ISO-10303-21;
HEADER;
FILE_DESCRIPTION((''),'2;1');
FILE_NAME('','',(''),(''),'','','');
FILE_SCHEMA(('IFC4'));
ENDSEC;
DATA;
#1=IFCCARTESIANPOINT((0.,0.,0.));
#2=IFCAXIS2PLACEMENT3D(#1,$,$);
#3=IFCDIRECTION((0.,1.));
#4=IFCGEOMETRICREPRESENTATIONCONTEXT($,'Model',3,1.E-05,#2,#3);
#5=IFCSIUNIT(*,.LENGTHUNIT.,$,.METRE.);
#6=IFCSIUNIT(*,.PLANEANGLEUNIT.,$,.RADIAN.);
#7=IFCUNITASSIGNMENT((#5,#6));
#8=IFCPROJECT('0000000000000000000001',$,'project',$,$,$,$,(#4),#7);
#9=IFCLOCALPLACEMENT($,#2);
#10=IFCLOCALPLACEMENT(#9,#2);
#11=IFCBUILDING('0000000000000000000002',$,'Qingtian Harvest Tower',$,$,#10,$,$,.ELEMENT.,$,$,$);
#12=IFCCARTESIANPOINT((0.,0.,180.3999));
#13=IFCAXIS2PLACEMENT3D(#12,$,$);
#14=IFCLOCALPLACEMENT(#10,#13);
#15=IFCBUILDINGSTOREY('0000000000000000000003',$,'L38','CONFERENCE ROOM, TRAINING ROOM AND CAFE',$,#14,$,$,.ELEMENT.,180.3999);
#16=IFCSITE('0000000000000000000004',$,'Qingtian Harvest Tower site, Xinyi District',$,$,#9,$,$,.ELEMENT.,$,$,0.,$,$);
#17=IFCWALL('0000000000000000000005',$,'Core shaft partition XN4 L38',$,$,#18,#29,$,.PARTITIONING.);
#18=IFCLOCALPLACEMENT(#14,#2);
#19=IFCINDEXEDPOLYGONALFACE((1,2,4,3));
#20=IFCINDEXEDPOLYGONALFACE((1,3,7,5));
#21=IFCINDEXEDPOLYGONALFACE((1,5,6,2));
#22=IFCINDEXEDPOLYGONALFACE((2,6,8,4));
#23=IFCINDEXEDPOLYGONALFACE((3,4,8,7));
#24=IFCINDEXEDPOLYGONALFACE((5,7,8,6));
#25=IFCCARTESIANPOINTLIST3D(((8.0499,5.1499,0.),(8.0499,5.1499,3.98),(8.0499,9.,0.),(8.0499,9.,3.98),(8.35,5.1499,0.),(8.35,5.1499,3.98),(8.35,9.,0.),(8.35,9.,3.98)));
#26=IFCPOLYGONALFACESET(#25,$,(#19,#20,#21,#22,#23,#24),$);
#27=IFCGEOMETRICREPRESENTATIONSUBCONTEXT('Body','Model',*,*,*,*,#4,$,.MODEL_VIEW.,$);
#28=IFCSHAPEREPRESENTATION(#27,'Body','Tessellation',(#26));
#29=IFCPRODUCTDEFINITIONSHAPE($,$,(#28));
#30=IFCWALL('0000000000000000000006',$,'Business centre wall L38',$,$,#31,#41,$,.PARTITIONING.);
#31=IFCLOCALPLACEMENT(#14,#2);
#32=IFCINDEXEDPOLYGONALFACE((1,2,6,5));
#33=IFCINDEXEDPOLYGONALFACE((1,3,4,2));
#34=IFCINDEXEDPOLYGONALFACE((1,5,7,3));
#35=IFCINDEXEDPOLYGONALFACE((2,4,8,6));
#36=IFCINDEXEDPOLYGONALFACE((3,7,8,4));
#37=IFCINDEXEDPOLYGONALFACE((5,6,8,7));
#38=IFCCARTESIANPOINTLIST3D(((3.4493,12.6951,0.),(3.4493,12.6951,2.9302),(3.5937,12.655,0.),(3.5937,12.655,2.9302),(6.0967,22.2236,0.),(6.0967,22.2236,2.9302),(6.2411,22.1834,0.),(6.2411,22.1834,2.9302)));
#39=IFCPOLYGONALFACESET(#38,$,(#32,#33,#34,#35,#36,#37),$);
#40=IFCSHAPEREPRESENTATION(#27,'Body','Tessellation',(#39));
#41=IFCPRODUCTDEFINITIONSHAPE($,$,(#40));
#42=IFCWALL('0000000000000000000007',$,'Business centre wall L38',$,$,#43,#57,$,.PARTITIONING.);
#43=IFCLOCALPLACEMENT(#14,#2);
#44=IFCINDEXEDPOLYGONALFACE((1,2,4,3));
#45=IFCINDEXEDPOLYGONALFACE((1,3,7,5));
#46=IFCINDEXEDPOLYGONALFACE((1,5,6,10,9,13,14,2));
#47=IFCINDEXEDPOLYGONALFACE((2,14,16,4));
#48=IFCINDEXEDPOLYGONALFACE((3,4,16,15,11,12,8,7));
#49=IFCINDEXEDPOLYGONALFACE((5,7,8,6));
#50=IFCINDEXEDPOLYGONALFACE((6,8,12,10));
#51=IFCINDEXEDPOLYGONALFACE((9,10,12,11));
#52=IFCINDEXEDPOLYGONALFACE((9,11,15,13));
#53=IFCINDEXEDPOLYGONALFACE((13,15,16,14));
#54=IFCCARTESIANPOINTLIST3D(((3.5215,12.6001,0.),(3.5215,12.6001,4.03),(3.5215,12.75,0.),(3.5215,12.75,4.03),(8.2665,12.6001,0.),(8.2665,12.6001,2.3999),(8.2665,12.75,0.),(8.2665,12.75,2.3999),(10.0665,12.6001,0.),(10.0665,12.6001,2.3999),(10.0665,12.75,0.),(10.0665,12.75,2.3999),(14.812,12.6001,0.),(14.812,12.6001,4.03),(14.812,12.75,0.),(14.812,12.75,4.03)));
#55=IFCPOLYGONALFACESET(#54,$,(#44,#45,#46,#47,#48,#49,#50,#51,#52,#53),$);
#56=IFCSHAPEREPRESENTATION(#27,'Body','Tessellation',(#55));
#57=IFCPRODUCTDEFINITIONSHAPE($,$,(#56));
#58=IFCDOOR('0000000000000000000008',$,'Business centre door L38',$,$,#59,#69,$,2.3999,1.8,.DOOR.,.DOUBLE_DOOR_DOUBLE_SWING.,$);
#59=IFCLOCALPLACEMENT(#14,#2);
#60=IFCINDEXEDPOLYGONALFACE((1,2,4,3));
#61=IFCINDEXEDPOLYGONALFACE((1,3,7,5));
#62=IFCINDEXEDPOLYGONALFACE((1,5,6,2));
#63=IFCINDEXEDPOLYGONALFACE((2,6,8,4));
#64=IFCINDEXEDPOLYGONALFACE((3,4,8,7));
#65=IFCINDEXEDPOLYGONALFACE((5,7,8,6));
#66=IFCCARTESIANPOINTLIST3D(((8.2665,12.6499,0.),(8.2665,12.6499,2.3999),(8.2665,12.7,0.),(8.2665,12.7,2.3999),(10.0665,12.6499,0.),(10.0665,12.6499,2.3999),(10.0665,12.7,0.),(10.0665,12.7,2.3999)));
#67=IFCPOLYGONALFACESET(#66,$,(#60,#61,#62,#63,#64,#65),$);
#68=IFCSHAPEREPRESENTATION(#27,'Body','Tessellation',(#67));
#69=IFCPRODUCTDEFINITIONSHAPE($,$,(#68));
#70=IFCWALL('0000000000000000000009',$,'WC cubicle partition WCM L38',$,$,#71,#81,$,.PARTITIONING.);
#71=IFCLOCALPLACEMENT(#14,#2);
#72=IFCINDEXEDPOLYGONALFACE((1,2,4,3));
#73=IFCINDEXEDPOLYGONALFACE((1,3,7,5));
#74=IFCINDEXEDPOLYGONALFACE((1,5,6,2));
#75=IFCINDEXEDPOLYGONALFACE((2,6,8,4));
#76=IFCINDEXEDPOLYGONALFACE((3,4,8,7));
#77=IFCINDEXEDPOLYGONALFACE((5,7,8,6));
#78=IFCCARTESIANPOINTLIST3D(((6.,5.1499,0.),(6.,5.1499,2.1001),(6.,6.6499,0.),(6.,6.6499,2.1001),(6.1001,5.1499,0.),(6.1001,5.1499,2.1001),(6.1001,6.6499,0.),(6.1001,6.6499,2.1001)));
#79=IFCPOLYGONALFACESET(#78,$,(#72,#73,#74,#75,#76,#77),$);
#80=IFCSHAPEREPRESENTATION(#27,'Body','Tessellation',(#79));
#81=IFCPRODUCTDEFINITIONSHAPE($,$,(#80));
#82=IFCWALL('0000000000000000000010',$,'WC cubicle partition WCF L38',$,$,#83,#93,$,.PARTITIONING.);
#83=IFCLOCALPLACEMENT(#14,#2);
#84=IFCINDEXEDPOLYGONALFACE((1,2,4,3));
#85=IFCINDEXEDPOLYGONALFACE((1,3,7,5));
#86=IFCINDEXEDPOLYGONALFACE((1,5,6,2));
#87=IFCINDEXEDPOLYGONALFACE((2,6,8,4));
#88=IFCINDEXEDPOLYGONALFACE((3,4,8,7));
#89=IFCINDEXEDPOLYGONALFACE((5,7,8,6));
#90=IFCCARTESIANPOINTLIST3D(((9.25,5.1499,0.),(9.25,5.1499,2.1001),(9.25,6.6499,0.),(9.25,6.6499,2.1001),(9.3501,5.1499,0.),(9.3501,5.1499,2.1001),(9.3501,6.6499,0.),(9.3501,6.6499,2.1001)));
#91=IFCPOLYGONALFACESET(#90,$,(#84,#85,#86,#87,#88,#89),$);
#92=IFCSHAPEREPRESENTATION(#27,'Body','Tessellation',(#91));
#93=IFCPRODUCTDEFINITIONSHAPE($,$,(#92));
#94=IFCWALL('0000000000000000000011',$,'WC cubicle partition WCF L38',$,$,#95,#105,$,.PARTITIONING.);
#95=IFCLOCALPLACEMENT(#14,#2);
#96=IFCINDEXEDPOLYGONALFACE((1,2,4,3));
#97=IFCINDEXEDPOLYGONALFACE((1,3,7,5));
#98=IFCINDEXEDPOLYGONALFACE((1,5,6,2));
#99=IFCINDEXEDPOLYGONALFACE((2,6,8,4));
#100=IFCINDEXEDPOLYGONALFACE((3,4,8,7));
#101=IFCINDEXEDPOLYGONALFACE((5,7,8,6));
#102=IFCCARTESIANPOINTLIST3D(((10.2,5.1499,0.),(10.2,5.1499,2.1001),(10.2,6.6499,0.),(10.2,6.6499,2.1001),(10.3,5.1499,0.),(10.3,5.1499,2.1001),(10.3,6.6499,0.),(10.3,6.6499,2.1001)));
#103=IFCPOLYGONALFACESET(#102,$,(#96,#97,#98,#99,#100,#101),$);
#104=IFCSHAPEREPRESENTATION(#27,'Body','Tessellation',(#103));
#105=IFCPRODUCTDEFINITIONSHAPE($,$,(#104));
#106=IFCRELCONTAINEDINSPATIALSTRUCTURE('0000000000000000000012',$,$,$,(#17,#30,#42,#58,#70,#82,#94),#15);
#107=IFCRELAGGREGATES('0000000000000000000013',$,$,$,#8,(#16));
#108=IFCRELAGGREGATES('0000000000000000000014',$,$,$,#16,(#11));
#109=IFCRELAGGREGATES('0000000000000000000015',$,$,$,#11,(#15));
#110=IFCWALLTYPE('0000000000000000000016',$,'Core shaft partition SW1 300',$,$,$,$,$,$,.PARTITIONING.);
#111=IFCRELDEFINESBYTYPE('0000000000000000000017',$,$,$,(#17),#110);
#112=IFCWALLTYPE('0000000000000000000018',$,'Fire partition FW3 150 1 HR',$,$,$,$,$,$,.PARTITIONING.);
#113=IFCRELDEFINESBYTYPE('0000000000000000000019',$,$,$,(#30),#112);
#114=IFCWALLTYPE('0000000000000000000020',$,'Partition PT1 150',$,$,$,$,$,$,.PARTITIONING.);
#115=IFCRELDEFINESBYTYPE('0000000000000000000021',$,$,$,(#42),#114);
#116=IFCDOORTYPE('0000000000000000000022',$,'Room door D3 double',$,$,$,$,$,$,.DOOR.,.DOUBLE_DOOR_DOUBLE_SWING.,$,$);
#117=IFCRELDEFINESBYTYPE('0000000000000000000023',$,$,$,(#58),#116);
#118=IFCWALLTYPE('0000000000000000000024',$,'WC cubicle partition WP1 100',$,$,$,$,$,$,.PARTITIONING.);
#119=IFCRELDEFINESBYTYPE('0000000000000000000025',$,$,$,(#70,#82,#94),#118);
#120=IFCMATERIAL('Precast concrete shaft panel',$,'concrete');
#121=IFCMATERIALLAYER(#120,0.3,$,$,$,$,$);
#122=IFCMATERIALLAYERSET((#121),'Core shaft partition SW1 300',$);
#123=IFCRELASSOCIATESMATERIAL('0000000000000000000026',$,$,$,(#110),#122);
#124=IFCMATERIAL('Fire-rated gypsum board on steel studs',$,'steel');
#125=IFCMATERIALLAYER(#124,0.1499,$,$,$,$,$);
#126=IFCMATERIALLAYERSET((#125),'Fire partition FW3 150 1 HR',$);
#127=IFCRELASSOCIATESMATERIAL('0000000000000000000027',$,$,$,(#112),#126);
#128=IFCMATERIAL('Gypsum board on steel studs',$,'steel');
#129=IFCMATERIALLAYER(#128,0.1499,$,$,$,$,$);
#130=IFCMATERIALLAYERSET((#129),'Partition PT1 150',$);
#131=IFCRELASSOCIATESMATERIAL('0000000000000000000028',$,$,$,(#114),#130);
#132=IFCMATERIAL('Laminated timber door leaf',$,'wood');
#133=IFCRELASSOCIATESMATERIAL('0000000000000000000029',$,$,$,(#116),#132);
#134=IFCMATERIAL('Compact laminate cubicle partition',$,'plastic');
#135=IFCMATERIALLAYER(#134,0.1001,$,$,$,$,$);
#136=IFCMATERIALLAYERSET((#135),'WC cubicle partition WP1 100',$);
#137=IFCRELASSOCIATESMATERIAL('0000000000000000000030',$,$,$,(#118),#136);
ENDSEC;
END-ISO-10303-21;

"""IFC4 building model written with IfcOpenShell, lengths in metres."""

from ifc_helpers import new_model, si_unit, direction, frame, frame_2d, origin, place, context, subcontext, project, spatial, rectangle, extrude, material, layer, layer_set, type_object, element, fill, save


model = new_model("IFC4")

# Units and contexts
model_context = context("Model", 3, precision=1e-05, world=origin(), true_north=direction((0.0, 1.0)))
body_context = subcontext(model_context, "Body", "Model", "MODEL_VIEW")
ifc_project = project(units=[si_unit("LENGTHUNIT", "METRE"), si_unit("PLANEANGLEUNIT", "RADIAN")], contexts=[model_context])

# Site, building, storey
site_placement = place(None, origin())
site = spatial("IfcSite", under=ifc_project, at=site_placement, Name="Qingtian Harvest Tower site, Xinyi District", CompositionType="ELEMENT", RefElevation=0.0)
building_placement = place(site_placement, origin())
building = spatial("IfcBuilding", under=site, at=building_placement, Name="Qingtian Harvest Tower", CompositionType="ELEMENT")
storey_placement = place(building_placement, frame((0.0, 0.0, 180.3999)))
storey = spatial("IfcBuildingStorey", under=building, at=storey_placement, Name="L38", Description="CONFERENCE ROOM, TRAINING ROOM AND CAFE", CompositionType="ELEMENT", Elevation=180.3999)

# Walls
ifc_material_1 = material(Name="Precast concrete shaft panel", Category="concrete")
ifc_layer_1 = layer(ifc_material_1, 0.3)
ifc_layer_set_1 = layer_set([ifc_layer_1], Name="Core shaft partition SW1 300")
wall_type_1 = type_object("IfcWallType", Name="Core shaft partition SW1 300", PredefinedType="PARTITIONING", material=ifc_layer_set_1)
wall_1_placement = place(storey_placement, frame((8.2, 5.1499, 0.0), z_axis=(0.0, 0.0, 1.0), x_axis=(0.0, 1.0, 0.0)))
element("IfcWall", 1, at=wall_1_placement, inside=storey, type_object=wall_type_1, Name="Core shaft partition XN4 L38", PredefinedType="PARTITIONING", context=body_context, shape_type="SweptSolid", body=[
    extrude(rectangle(XDim=3.8501, YDim=0.3, at=frame_2d((1.925, 0.0))), origin(), (0.0, 0.0, 1.0), 3.98),
])
ifc_material_2 = material(Name="Fire-rated gypsum board on steel studs", Category="steel")
ifc_layer_2 = layer(ifc_material_2, 0.1499)
ifc_layer_set_2 = layer_set([ifc_layer_2], Name="Fire partition FW3 150 1 HR")
wall_type_2 = type_object("IfcWallType", Name="Fire partition FW3 150 1 HR", PredefinedType="PARTITIONING", material=ifc_layer_set_2)
wall_2_placement = place(storey_placement, frame((6.1689, 22.2036, 0.0), z_axis=(0.0, 0.0, 1.0), x_axis=(-0.267704, -0.963501, 0.0)))
element("IfcWall", 2, at=wall_2_placement, inside=storey, type_object=wall_type_2, Name="Business centre wall L38", PredefinedType="PARTITIONING", context=body_context, shape_type="SweptSolid", body=[
    extrude(rectangle(XDim=9.8894, YDim=0.1499, at=frame_2d((4.9448, 0.0))), origin(), (0.0, 0.0, 1.0), 2.9302),
])

# Wall, opening, door
ifc_material_3 = material(Name="Gypsum board on steel studs", Category="steel")
ifc_layer_3 = layer(ifc_material_3, 0.1499)
ifc_layer_set_3 = layer_set([ifc_layer_3], Name="Partition PT1 150")
wall_type_3 = type_object("IfcWallType", Name="Partition PT1 150", PredefinedType="PARTITIONING", material=ifc_layer_set_3)
wall_3_placement = place(storey_placement, frame((3.5215, 12.675, 0.0), z_axis=(0.0, 0.0, 1.0), x_axis=(1.0, 0.0, 0.0)))
wall_3 = element("IfcWall", 3, at=wall_3_placement, inside=storey, type_object=wall_type_3, Name="Business centre wall L38", PredefinedType="PARTITIONING", context=body_context, shape_type="SweptSolid", body=[
    extrude(rectangle(XDim=11.2905, YDim=0.1499, at=frame_2d((5.6453, 0.0))), origin(), (0.0, 0.0, 1.0), 4.03),
])
opening_placement = place(wall_3_placement, frame((4.7451, 0.0, 0.0)))
opening = element("IfcOpeningElement", 4, at=opening_placement, cuts=wall_3, PredefinedType="OPENING", context=body_context, shape_type="SweptSolid", body=[
    extrude(rectangle(XDim=1.8, YDim=2.3999, at=frame_2d((0.8999, 1.2))), frame((0.0, 0.085, 0.0), z_axis=(0.0, -1.0, 0.0), x_axis=(1.0, 0.0, 0.0)), (0.0, 0.0, 1.0), 0.1699),
])
ifc_material_4 = material(Name="Laminated timber door leaf", Category="wood")
door_type = type_object("IfcDoorType", Name="Room door D3 double", OperationType="DOUBLE_DOOR_DOUBLE_SWING", PredefinedType="DOOR", material=ifc_material_4)
door_placement = place(opening_placement, origin())
door = element("IfcDoor", 5, at=door_placement, inside=storey, type_object=door_type, Name="Business centre door L38", OperationType="DOUBLE_DOOR_DOUBLE_SWING", OverallHeight=2.3999, OverallWidth=1.8, PredefinedType="DOOR", context=body_context, shape_type="SweptSolid", body=[
    extrude(rectangle(XDim=1.8, YDim=2.3999, at=frame_2d((0.8999, 1.2))), frame((0.0, 0.0249, 0.0), z_axis=(0.0, -1.0, 0.0), x_axis=(1.0, 0.0, 0.0)), (0.0, 0.0, 1.0), 0.05),
])
fill(opening, door)

# Walls
ifc_material_5 = material(Name="Compact laminate cubicle partition", Category="plastic")
ifc_layer_4 = layer(ifc_material_5, 0.1001)
ifc_layer_set_4 = layer_set([ifc_layer_4], Name="WC cubicle partition WP1 100")
wall_type_4 = type_object("IfcWallType", Name="WC cubicle partition WP1 100", PredefinedType="PARTITIONING", material=ifc_layer_set_4)
for number, where, z_axis, x_axis, name in (
    (6, (6.05, 5.1499, 0.0), (0.0, 0.0, 1.0), (0.0, 1.0, 0.0), "WC cubicle partition WCM L38"),
    (7, (9.3, 5.1499, 0.0), (0.0, 0.0, 1.0), (0.0, 1.0, 0.0), "WC cubicle partition WCF L38"),
    (8, (10.25, 5.1499, 0.0), (0.0, 0.0, 1.0), (0.0, 1.0, 0.0), "WC cubicle partition WCF L38"),
):
    element("IfcWall", number, at=place(storey_placement, frame(where, z_axis=z_axis, x_axis=x_axis)), inside=storey, type_object=wall_type_4, Name=name, PredefinedType="PARTITIONING", context=body_context, shape_type="SweptSolid", body=[
        extrude(rectangle(XDim=1.5, YDim=0.1001, at=frame_2d((0.75, 0.0))), origin(), (0.0, 0.0, 1.0), 2.1001),
    ])

save(model, "model.ifc")
